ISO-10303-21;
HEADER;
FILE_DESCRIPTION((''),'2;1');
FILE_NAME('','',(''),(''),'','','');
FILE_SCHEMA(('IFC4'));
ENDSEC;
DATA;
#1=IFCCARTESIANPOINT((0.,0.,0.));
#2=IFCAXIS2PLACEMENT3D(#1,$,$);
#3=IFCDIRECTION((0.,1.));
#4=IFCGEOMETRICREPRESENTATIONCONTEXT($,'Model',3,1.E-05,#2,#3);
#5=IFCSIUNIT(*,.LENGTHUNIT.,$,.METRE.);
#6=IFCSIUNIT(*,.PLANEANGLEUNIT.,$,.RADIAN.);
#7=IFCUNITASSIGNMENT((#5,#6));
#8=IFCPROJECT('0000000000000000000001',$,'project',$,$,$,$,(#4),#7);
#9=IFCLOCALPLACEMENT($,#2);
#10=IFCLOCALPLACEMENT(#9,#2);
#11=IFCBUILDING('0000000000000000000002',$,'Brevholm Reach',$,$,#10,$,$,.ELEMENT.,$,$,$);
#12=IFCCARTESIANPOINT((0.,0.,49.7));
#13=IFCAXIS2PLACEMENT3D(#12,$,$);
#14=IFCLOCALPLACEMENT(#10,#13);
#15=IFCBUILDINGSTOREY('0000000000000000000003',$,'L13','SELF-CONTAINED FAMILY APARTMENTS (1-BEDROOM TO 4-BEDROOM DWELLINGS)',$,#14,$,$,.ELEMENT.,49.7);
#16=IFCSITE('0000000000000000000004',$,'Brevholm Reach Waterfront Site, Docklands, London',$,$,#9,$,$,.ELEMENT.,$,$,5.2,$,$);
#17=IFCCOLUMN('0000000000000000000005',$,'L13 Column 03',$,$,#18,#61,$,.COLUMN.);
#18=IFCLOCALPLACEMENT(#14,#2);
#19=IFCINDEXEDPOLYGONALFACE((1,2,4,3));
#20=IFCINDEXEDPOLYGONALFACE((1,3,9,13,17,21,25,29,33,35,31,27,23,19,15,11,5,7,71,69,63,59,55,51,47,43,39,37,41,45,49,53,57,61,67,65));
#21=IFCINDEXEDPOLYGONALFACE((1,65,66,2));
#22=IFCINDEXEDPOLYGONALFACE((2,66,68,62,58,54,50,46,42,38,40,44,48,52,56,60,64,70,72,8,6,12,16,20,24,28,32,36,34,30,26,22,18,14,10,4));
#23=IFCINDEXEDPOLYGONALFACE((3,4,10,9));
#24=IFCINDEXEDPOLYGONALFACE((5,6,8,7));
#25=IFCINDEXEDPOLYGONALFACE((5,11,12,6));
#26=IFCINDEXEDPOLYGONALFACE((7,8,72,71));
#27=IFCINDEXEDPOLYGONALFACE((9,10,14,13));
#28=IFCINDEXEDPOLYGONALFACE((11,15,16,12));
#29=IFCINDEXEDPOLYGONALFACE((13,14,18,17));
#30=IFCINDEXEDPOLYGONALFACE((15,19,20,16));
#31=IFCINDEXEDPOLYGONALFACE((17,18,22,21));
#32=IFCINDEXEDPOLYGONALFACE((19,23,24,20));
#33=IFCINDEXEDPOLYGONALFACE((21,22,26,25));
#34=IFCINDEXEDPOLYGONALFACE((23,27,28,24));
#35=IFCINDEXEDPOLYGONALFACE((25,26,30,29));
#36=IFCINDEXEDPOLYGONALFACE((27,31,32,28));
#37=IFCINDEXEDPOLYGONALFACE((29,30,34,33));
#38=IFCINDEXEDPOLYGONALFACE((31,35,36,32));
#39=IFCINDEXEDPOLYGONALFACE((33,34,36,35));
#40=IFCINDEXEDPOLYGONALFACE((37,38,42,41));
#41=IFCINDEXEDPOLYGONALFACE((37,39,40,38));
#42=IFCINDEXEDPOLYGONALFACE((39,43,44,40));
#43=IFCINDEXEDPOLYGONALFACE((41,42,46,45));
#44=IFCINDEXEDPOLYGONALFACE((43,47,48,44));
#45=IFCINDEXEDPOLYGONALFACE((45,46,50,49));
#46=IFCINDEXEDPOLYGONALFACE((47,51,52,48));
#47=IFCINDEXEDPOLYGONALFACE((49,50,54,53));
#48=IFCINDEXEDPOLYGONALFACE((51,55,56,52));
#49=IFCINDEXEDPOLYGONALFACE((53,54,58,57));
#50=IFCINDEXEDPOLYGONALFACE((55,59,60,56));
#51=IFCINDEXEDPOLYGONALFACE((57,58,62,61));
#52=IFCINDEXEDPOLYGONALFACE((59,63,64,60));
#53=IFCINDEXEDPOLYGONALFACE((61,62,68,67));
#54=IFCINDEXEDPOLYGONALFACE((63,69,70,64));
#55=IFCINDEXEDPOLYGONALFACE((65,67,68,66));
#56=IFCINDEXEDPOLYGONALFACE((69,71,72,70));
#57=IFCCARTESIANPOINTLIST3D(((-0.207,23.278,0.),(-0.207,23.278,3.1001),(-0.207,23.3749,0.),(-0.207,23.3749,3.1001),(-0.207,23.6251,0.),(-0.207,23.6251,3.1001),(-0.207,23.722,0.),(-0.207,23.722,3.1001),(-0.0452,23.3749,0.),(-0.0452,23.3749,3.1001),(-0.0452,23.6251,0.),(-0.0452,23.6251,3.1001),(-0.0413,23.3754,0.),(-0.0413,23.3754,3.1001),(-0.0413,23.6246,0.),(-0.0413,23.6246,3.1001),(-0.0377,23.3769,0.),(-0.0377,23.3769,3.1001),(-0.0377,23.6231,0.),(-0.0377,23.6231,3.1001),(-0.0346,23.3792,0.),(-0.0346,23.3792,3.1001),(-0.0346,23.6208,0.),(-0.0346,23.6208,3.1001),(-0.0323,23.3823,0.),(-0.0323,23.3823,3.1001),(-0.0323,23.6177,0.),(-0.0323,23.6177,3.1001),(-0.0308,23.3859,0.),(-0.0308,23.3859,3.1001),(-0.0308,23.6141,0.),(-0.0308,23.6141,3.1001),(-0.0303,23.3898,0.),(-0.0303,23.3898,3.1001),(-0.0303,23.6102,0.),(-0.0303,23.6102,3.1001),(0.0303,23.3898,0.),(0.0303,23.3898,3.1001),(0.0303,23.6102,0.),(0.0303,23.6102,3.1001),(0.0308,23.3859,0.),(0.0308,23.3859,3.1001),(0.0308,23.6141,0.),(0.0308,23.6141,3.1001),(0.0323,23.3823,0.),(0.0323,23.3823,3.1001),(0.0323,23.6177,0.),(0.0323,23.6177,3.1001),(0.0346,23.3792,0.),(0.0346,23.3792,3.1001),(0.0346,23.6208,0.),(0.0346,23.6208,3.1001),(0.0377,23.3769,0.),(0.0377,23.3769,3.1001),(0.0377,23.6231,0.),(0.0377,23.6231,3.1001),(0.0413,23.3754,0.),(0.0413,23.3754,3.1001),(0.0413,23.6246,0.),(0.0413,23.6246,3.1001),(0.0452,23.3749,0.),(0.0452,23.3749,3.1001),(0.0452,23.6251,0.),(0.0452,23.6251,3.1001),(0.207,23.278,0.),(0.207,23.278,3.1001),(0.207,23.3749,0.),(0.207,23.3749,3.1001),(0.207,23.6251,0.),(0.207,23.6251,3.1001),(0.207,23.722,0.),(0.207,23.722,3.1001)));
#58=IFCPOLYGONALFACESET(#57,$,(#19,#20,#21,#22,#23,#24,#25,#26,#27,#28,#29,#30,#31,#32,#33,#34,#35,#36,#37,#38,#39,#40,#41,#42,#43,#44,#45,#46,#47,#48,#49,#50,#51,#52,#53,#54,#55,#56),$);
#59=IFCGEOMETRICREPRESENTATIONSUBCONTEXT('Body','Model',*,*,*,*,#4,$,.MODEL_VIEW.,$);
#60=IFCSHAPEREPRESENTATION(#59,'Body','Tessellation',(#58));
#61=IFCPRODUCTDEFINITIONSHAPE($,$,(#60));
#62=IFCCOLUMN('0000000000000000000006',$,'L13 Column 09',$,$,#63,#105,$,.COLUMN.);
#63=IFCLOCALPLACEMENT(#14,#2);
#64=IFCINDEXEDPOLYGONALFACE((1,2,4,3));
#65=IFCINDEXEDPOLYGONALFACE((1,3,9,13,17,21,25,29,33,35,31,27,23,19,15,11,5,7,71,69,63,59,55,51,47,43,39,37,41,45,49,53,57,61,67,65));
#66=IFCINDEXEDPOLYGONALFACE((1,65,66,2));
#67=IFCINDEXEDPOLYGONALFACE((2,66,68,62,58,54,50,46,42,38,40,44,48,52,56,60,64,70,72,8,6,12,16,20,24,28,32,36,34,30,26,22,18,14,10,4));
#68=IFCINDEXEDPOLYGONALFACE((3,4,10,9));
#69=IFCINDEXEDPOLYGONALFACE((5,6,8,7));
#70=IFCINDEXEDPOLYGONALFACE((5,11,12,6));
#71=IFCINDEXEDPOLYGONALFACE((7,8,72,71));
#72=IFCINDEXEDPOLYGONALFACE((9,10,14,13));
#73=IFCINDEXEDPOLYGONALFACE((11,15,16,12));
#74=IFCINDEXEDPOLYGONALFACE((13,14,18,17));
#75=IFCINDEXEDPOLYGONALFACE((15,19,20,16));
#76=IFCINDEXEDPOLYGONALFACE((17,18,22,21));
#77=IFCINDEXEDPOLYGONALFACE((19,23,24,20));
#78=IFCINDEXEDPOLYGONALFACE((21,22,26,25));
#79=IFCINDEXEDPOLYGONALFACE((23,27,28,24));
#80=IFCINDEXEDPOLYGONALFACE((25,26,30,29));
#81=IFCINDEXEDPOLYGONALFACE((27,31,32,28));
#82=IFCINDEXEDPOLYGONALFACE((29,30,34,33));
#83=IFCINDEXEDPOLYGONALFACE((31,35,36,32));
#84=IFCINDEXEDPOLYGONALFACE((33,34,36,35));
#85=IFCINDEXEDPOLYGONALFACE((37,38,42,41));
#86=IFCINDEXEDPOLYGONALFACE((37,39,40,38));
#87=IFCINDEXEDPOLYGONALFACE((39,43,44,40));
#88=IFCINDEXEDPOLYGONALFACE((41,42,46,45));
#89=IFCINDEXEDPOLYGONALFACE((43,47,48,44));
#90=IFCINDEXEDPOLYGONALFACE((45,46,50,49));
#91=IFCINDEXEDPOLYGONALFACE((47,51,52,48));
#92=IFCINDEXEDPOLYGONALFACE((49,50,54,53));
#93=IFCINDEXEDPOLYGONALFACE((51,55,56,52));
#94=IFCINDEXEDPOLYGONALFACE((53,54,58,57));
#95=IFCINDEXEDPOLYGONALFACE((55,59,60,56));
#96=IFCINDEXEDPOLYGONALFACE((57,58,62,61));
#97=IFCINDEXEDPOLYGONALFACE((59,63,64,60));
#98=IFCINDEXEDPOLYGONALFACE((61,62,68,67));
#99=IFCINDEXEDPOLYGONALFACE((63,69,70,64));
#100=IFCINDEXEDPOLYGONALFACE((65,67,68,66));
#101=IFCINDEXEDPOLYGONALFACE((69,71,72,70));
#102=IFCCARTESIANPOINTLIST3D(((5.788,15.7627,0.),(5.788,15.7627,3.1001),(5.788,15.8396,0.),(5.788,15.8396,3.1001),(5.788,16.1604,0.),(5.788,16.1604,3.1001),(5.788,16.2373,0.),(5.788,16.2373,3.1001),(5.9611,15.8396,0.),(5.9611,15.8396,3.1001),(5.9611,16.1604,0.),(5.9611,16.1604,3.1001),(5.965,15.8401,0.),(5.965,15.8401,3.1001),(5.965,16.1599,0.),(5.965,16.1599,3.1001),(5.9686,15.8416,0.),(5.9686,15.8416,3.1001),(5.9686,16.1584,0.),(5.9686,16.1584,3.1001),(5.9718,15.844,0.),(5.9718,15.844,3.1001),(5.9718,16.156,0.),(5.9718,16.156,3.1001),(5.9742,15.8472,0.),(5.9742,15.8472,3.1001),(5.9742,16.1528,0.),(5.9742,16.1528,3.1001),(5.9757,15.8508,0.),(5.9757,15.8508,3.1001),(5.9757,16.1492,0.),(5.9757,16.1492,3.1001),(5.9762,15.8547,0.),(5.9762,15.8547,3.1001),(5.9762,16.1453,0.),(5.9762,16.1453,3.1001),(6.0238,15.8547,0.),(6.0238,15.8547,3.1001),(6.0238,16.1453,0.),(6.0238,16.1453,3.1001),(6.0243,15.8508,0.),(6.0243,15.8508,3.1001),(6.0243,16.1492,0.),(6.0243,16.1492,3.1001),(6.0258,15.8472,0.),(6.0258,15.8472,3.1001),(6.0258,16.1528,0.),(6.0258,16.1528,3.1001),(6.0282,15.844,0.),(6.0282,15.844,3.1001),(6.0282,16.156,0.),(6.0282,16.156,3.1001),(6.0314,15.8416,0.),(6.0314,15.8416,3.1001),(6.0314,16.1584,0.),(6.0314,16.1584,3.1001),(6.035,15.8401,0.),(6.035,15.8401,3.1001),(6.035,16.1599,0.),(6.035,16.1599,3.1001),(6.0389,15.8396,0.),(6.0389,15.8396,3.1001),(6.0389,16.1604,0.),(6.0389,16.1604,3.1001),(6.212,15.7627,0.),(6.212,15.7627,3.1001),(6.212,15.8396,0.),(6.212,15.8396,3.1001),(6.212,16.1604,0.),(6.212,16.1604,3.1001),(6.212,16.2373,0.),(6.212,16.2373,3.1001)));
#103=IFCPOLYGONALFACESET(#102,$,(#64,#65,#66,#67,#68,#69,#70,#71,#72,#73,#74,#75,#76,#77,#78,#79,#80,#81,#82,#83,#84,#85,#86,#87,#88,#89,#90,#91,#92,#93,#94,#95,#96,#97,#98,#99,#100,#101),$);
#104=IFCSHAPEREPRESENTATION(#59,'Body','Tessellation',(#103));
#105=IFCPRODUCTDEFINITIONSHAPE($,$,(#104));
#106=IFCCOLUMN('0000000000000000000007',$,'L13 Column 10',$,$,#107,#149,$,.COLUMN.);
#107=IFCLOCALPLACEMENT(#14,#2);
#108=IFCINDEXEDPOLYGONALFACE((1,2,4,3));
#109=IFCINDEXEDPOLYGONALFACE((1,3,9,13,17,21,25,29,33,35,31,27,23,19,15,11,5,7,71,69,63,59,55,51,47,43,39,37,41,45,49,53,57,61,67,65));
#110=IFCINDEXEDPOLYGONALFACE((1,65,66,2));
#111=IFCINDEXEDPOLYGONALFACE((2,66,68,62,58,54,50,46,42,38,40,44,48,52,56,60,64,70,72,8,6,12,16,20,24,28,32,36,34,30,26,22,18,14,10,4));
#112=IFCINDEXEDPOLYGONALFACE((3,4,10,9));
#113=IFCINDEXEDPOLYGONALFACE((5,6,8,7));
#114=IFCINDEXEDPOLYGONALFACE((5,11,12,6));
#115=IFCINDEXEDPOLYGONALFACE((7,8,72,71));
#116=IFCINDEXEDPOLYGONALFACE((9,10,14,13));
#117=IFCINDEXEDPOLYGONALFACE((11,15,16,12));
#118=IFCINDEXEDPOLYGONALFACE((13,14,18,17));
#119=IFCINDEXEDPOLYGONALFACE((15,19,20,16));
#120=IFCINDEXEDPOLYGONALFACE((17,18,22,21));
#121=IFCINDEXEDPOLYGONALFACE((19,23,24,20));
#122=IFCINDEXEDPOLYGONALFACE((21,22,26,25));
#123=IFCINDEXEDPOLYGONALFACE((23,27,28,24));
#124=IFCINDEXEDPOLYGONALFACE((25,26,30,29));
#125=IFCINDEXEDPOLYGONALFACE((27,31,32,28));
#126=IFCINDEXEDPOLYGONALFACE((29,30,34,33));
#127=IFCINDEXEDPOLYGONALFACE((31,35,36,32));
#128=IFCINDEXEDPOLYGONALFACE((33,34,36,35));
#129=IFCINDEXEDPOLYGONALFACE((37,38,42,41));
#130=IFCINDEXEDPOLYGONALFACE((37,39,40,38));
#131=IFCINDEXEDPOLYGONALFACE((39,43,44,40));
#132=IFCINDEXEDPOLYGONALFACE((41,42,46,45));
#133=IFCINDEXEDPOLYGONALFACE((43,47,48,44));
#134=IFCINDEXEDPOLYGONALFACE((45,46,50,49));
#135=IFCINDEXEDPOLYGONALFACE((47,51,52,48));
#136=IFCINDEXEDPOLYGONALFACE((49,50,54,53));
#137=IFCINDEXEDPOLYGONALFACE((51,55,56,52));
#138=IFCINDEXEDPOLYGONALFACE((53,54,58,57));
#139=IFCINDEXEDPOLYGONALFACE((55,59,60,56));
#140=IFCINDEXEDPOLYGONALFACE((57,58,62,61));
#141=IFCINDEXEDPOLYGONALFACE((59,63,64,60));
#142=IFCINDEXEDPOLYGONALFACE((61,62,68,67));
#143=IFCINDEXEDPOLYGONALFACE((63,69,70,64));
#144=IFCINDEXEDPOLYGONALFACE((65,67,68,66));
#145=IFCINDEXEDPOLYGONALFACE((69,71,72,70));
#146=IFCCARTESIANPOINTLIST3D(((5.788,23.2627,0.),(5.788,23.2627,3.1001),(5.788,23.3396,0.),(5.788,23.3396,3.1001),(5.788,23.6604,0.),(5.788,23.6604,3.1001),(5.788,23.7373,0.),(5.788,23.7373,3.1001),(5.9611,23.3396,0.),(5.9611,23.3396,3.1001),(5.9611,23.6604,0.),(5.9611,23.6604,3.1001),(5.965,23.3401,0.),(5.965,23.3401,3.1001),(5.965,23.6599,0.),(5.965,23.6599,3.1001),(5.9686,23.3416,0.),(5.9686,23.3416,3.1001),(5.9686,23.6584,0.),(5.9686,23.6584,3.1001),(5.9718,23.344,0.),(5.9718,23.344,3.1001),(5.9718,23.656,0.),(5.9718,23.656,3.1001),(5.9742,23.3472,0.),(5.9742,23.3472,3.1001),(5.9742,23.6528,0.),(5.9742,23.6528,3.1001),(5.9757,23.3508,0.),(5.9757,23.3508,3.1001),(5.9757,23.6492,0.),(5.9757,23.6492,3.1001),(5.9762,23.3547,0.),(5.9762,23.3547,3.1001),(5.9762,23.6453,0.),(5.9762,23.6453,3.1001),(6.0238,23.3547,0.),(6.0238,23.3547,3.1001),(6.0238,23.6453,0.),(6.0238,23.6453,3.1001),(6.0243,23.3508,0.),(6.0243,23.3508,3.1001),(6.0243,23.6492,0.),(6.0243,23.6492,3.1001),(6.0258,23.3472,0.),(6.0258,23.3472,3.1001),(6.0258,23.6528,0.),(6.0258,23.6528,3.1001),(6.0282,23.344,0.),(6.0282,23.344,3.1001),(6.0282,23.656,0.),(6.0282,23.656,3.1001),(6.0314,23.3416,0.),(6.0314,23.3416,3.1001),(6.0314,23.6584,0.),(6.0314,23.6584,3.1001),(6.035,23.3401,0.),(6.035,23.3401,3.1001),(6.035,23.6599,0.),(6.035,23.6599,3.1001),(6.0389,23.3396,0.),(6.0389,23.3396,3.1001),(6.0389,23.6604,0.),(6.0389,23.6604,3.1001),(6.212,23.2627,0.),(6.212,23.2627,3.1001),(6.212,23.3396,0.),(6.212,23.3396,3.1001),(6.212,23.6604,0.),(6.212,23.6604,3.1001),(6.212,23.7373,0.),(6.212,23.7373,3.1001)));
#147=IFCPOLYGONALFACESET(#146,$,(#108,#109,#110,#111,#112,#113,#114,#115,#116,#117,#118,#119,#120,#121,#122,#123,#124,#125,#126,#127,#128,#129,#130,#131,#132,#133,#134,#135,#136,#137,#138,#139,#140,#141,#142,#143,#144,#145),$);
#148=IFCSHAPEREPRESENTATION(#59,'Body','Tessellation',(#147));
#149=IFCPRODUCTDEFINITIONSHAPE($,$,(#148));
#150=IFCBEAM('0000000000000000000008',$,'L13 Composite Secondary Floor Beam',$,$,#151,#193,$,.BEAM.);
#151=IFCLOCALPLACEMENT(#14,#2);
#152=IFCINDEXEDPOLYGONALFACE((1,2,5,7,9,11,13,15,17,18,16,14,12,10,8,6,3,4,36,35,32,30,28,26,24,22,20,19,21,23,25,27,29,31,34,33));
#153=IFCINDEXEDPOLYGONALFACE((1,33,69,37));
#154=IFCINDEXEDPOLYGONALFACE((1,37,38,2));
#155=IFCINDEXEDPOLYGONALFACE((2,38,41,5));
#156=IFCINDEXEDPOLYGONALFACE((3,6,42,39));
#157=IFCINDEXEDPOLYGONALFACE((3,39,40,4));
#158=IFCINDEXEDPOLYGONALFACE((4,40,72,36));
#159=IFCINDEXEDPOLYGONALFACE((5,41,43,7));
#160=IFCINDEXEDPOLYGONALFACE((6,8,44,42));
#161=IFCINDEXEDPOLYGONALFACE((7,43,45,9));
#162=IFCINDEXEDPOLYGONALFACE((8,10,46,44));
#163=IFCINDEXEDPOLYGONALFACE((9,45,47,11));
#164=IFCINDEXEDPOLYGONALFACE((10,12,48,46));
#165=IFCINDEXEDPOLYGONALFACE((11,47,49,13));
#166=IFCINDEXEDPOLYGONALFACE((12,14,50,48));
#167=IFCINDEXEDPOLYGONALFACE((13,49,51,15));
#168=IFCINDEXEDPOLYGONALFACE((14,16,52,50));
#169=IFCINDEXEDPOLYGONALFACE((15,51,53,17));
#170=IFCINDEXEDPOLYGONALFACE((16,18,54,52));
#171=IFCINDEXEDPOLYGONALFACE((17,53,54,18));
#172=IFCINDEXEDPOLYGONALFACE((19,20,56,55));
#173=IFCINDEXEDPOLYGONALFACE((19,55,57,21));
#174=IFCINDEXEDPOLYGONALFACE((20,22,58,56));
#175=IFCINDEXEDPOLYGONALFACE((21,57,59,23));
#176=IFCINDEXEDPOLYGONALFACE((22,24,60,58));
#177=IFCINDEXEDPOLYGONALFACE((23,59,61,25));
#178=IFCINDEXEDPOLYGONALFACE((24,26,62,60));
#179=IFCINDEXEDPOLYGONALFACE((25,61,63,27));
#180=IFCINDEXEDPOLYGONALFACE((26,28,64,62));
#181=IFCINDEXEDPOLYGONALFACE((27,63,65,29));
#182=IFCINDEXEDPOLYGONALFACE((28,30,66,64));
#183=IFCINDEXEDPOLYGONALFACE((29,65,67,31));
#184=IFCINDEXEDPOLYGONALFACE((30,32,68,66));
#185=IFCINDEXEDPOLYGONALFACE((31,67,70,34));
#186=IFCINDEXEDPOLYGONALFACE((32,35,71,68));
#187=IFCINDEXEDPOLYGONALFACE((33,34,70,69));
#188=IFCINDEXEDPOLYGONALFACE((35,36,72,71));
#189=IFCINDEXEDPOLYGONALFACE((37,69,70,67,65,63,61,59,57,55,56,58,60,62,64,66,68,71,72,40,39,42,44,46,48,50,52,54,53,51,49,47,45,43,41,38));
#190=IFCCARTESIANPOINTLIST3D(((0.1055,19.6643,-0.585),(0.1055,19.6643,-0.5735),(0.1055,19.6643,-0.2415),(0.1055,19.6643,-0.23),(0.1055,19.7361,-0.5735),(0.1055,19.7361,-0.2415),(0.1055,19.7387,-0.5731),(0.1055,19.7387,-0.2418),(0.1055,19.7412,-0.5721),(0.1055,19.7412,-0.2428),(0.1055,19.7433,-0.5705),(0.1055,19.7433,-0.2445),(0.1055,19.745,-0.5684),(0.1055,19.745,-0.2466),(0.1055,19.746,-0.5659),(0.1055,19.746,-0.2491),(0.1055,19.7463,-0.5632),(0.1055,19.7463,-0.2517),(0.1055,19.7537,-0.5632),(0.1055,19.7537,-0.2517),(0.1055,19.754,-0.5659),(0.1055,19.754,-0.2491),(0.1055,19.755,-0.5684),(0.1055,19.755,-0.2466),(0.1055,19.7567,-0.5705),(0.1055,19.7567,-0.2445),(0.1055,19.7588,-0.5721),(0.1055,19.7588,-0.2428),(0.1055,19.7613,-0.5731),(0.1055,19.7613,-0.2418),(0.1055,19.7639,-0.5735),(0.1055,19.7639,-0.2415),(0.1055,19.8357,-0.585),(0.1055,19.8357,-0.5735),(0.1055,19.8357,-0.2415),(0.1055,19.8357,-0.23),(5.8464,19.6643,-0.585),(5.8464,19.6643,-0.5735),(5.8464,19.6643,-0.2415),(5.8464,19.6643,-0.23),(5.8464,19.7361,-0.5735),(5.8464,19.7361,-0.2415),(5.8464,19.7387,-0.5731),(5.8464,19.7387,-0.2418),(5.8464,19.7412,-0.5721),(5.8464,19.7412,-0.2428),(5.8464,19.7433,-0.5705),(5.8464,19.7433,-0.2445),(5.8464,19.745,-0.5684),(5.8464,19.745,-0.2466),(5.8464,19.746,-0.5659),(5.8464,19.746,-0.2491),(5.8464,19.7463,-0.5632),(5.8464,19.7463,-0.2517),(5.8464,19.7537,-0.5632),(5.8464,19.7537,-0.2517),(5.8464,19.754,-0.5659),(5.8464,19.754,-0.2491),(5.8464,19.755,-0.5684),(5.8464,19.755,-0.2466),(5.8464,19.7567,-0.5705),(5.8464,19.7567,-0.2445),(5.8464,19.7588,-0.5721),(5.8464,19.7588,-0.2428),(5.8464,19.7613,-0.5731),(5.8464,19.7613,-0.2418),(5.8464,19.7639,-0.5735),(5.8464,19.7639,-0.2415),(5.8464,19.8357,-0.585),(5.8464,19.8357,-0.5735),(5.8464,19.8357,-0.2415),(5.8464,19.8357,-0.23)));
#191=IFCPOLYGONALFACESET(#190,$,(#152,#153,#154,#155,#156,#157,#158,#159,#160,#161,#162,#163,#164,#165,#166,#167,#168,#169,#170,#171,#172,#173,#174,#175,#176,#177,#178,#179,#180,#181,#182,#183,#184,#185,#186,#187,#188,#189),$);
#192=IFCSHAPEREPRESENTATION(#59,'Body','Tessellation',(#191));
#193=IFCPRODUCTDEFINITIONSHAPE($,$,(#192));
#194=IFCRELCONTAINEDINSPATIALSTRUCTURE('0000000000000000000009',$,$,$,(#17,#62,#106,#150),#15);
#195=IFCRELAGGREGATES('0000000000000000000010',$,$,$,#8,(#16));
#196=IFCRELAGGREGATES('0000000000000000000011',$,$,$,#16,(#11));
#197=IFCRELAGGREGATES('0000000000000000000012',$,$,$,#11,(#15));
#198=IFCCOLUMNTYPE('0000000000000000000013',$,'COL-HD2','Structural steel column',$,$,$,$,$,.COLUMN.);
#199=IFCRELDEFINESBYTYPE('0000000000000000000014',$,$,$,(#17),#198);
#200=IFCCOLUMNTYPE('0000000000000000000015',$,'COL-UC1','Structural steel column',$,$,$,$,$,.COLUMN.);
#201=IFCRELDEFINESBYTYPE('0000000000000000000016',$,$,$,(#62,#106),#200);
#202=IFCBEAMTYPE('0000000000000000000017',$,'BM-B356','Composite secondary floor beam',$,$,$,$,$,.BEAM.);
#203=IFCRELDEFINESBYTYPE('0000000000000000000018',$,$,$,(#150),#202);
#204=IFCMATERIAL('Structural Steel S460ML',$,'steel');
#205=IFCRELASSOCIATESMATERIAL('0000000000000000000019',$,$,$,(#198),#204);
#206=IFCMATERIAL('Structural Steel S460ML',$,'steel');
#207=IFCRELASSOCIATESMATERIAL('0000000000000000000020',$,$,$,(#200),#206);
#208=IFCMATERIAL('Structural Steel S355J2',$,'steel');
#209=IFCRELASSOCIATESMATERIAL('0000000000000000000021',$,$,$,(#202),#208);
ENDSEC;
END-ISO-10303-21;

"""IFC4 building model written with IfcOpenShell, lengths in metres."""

from ifc_helpers import new_model, si_unit, direction, frame, origin, origin_2d, place, context, subcontext, project, spatial, i_section, extrude, material, material_profile, profile_set, type_object, element, save


model = new_model("IFC4")

# Units and contexts
model_context = context("Model", 3, precision=1e-05, world=origin(), true_north=direction((0.0, 1.0)))
body_context = subcontext(model_context, "Body", "Model", "MODEL_VIEW")
ifc_project = project(units=[si_unit("LENGTHUNIT", "METRE"), si_unit("PLANEANGLEUNIT", "RADIAN")], contexts=[model_context])

# Site, building, storey
site_placement = place(None, origin())
site = spatial("IfcSite", under=ifc_project, at=site_placement, Name="Brevholm Reach Waterfront Site, Docklands, London", CompositionType="ELEMENT", RefElevation=5.2)
building_placement = place(site_placement, origin())
building = spatial("IfcBuilding", under=site, at=building_placement, Name="Brevholm Reach", CompositionType="ELEMENT")
storey_placement = place(building_placement, frame((0.0, 0.0, 49.7)))
storey = spatial("IfcBuildingStorey", under=building, at=storey_placement, Name="L13", Description="SELF-CONTAINED FAMILY APARTMENTS (1-BEDROOM TO 4-BEDROOM DWELLINGS)", CompositionType="ELEMENT", Elevation=49.7)

# Columns
ifc_material_1 = material(Name="Structural Steel S460ML", Category="steel")
ifc_material_profile_1 = material_profile(ifc_material_1, i_section(OverallWidth=0.4141, OverallDepth=0.4441, WebThickness=0.0605, FlangeThickness=0.0969, FilletRadius=0.0149, at=origin_2d()), Name="HD 400x818")
ifc_profile_set_1 = profile_set([ifc_material_profile_1], Name="Structural Steel S460ML")
column_type_1 = type_object("IfcColumnType", Name="COL-HD2", Description="Structural steel column", PredefinedType="COLUMN", material=ifc_profile_set_1)
column_placement = place(storey_placement, frame((0.0, 23.5, 0.0), z_axis=(0.0, 0.0, 1.0), x_axis=(1.0, 0.0, 0.0)))
element("IfcColumn", 1, at=column_placement, inside=storey, type_object=column_type_1, Name="L13 Column 03", PredefinedType="COLUMN", context=body_context, shape_type="SweptSolid", body=[
    extrude(i_section(OverallWidth=0.4141, OverallDepth=0.4441, WebThickness=0.0605, FlangeThickness=0.0969, FilletRadius=0.0149, at=origin_2d()), origin(), (0.0, 0.0, 1.0), 3.1001),
])
ifc_material_2 = material(Name="Structural Steel S460ML", Category="steel")
ifc_material_profile_2 = material_profile(ifc_material_2, i_section(OverallWidth=0.4241, OverallDepth=0.4746, WebThickness=0.0476, FlangeThickness=0.0769, FilletRadius=0.0151, at=origin_2d()), Name="UKC 356x406x634")
ifc_profile_set_2 = profile_set([ifc_material_profile_2], Name="Structural Steel S460ML")
column_type_2 = type_object("IfcColumnType", Name="COL-UC1", Description="Structural steel column", PredefinedType="COLUMN", material=ifc_profile_set_2)
for number, where, z_axis, x_axis, name in (
    (2, (6.0, 16.0, 0.0), (0.0, 0.0, 1.0), (1.0, 0.0, 0.0), "L13 Column 09"),
    (3, (6.0, 23.5, 0.0), (0.0, 0.0, 1.0), (1.0, 0.0, 0.0), "L13 Column 10"),
):
    element("IfcColumn", number, at=place(storey_placement, frame(where, z_axis=z_axis, x_axis=x_axis)), inside=storey, type_object=column_type_2, Name=name, PredefinedType="COLUMN", context=body_context, shape_type="SweptSolid", body=[
        extrude(i_section(OverallWidth=0.4241, OverallDepth=0.4746, WebThickness=0.0476, FlangeThickness=0.0769, FilletRadius=0.0151, at=origin_2d()), origin(), (0.0, 0.0, 1.0), 3.1001),
    ])

# Beam
ifc_material_3 = material(Name="Structural Steel S355J2", Category="steel")
ifc_material_profile_3 = material_profile(ifc_material_3, i_section(OverallWidth=0.1714, OverallDepth=0.355, WebThickness=0.0073, FlangeThickness=0.0115, FilletRadius=0.0103, at=origin_2d()), Name="UKB 356x171x51")
ifc_profile_set_3 = profile_set([ifc_material_profile_3], Name="Structural Steel S355J2")
beam_type_1 = type_object("IfcBeamType", Name="BM-B356", Description="Composite secondary floor beam", PredefinedType="BEAM", material=ifc_profile_set_3)
beam_1_placement = place(storey_placement, frame((0.1055, 19.75, -0.4075), z_axis=(1.0, 0.0, 0.0), x_axis=(0.0, 1.0, 0.0)))
element("IfcBeam", 4, at=beam_1_placement, inside=storey, type_object=beam_type_1, Name="L13 Composite Secondary Floor Beam", PredefinedType="BEAM", context=body_context, shape_type="SweptSolid", body=[
    extrude(i_section(OverallWidth=0.1714, OverallDepth=0.355, WebThickness=0.0073, FlangeThickness=0.0115, FilletRadius=0.0103, at=origin_2d()), origin(), (0.0, 0.0, 1.0), 5.741),
])

save(model, "model.ifc")
